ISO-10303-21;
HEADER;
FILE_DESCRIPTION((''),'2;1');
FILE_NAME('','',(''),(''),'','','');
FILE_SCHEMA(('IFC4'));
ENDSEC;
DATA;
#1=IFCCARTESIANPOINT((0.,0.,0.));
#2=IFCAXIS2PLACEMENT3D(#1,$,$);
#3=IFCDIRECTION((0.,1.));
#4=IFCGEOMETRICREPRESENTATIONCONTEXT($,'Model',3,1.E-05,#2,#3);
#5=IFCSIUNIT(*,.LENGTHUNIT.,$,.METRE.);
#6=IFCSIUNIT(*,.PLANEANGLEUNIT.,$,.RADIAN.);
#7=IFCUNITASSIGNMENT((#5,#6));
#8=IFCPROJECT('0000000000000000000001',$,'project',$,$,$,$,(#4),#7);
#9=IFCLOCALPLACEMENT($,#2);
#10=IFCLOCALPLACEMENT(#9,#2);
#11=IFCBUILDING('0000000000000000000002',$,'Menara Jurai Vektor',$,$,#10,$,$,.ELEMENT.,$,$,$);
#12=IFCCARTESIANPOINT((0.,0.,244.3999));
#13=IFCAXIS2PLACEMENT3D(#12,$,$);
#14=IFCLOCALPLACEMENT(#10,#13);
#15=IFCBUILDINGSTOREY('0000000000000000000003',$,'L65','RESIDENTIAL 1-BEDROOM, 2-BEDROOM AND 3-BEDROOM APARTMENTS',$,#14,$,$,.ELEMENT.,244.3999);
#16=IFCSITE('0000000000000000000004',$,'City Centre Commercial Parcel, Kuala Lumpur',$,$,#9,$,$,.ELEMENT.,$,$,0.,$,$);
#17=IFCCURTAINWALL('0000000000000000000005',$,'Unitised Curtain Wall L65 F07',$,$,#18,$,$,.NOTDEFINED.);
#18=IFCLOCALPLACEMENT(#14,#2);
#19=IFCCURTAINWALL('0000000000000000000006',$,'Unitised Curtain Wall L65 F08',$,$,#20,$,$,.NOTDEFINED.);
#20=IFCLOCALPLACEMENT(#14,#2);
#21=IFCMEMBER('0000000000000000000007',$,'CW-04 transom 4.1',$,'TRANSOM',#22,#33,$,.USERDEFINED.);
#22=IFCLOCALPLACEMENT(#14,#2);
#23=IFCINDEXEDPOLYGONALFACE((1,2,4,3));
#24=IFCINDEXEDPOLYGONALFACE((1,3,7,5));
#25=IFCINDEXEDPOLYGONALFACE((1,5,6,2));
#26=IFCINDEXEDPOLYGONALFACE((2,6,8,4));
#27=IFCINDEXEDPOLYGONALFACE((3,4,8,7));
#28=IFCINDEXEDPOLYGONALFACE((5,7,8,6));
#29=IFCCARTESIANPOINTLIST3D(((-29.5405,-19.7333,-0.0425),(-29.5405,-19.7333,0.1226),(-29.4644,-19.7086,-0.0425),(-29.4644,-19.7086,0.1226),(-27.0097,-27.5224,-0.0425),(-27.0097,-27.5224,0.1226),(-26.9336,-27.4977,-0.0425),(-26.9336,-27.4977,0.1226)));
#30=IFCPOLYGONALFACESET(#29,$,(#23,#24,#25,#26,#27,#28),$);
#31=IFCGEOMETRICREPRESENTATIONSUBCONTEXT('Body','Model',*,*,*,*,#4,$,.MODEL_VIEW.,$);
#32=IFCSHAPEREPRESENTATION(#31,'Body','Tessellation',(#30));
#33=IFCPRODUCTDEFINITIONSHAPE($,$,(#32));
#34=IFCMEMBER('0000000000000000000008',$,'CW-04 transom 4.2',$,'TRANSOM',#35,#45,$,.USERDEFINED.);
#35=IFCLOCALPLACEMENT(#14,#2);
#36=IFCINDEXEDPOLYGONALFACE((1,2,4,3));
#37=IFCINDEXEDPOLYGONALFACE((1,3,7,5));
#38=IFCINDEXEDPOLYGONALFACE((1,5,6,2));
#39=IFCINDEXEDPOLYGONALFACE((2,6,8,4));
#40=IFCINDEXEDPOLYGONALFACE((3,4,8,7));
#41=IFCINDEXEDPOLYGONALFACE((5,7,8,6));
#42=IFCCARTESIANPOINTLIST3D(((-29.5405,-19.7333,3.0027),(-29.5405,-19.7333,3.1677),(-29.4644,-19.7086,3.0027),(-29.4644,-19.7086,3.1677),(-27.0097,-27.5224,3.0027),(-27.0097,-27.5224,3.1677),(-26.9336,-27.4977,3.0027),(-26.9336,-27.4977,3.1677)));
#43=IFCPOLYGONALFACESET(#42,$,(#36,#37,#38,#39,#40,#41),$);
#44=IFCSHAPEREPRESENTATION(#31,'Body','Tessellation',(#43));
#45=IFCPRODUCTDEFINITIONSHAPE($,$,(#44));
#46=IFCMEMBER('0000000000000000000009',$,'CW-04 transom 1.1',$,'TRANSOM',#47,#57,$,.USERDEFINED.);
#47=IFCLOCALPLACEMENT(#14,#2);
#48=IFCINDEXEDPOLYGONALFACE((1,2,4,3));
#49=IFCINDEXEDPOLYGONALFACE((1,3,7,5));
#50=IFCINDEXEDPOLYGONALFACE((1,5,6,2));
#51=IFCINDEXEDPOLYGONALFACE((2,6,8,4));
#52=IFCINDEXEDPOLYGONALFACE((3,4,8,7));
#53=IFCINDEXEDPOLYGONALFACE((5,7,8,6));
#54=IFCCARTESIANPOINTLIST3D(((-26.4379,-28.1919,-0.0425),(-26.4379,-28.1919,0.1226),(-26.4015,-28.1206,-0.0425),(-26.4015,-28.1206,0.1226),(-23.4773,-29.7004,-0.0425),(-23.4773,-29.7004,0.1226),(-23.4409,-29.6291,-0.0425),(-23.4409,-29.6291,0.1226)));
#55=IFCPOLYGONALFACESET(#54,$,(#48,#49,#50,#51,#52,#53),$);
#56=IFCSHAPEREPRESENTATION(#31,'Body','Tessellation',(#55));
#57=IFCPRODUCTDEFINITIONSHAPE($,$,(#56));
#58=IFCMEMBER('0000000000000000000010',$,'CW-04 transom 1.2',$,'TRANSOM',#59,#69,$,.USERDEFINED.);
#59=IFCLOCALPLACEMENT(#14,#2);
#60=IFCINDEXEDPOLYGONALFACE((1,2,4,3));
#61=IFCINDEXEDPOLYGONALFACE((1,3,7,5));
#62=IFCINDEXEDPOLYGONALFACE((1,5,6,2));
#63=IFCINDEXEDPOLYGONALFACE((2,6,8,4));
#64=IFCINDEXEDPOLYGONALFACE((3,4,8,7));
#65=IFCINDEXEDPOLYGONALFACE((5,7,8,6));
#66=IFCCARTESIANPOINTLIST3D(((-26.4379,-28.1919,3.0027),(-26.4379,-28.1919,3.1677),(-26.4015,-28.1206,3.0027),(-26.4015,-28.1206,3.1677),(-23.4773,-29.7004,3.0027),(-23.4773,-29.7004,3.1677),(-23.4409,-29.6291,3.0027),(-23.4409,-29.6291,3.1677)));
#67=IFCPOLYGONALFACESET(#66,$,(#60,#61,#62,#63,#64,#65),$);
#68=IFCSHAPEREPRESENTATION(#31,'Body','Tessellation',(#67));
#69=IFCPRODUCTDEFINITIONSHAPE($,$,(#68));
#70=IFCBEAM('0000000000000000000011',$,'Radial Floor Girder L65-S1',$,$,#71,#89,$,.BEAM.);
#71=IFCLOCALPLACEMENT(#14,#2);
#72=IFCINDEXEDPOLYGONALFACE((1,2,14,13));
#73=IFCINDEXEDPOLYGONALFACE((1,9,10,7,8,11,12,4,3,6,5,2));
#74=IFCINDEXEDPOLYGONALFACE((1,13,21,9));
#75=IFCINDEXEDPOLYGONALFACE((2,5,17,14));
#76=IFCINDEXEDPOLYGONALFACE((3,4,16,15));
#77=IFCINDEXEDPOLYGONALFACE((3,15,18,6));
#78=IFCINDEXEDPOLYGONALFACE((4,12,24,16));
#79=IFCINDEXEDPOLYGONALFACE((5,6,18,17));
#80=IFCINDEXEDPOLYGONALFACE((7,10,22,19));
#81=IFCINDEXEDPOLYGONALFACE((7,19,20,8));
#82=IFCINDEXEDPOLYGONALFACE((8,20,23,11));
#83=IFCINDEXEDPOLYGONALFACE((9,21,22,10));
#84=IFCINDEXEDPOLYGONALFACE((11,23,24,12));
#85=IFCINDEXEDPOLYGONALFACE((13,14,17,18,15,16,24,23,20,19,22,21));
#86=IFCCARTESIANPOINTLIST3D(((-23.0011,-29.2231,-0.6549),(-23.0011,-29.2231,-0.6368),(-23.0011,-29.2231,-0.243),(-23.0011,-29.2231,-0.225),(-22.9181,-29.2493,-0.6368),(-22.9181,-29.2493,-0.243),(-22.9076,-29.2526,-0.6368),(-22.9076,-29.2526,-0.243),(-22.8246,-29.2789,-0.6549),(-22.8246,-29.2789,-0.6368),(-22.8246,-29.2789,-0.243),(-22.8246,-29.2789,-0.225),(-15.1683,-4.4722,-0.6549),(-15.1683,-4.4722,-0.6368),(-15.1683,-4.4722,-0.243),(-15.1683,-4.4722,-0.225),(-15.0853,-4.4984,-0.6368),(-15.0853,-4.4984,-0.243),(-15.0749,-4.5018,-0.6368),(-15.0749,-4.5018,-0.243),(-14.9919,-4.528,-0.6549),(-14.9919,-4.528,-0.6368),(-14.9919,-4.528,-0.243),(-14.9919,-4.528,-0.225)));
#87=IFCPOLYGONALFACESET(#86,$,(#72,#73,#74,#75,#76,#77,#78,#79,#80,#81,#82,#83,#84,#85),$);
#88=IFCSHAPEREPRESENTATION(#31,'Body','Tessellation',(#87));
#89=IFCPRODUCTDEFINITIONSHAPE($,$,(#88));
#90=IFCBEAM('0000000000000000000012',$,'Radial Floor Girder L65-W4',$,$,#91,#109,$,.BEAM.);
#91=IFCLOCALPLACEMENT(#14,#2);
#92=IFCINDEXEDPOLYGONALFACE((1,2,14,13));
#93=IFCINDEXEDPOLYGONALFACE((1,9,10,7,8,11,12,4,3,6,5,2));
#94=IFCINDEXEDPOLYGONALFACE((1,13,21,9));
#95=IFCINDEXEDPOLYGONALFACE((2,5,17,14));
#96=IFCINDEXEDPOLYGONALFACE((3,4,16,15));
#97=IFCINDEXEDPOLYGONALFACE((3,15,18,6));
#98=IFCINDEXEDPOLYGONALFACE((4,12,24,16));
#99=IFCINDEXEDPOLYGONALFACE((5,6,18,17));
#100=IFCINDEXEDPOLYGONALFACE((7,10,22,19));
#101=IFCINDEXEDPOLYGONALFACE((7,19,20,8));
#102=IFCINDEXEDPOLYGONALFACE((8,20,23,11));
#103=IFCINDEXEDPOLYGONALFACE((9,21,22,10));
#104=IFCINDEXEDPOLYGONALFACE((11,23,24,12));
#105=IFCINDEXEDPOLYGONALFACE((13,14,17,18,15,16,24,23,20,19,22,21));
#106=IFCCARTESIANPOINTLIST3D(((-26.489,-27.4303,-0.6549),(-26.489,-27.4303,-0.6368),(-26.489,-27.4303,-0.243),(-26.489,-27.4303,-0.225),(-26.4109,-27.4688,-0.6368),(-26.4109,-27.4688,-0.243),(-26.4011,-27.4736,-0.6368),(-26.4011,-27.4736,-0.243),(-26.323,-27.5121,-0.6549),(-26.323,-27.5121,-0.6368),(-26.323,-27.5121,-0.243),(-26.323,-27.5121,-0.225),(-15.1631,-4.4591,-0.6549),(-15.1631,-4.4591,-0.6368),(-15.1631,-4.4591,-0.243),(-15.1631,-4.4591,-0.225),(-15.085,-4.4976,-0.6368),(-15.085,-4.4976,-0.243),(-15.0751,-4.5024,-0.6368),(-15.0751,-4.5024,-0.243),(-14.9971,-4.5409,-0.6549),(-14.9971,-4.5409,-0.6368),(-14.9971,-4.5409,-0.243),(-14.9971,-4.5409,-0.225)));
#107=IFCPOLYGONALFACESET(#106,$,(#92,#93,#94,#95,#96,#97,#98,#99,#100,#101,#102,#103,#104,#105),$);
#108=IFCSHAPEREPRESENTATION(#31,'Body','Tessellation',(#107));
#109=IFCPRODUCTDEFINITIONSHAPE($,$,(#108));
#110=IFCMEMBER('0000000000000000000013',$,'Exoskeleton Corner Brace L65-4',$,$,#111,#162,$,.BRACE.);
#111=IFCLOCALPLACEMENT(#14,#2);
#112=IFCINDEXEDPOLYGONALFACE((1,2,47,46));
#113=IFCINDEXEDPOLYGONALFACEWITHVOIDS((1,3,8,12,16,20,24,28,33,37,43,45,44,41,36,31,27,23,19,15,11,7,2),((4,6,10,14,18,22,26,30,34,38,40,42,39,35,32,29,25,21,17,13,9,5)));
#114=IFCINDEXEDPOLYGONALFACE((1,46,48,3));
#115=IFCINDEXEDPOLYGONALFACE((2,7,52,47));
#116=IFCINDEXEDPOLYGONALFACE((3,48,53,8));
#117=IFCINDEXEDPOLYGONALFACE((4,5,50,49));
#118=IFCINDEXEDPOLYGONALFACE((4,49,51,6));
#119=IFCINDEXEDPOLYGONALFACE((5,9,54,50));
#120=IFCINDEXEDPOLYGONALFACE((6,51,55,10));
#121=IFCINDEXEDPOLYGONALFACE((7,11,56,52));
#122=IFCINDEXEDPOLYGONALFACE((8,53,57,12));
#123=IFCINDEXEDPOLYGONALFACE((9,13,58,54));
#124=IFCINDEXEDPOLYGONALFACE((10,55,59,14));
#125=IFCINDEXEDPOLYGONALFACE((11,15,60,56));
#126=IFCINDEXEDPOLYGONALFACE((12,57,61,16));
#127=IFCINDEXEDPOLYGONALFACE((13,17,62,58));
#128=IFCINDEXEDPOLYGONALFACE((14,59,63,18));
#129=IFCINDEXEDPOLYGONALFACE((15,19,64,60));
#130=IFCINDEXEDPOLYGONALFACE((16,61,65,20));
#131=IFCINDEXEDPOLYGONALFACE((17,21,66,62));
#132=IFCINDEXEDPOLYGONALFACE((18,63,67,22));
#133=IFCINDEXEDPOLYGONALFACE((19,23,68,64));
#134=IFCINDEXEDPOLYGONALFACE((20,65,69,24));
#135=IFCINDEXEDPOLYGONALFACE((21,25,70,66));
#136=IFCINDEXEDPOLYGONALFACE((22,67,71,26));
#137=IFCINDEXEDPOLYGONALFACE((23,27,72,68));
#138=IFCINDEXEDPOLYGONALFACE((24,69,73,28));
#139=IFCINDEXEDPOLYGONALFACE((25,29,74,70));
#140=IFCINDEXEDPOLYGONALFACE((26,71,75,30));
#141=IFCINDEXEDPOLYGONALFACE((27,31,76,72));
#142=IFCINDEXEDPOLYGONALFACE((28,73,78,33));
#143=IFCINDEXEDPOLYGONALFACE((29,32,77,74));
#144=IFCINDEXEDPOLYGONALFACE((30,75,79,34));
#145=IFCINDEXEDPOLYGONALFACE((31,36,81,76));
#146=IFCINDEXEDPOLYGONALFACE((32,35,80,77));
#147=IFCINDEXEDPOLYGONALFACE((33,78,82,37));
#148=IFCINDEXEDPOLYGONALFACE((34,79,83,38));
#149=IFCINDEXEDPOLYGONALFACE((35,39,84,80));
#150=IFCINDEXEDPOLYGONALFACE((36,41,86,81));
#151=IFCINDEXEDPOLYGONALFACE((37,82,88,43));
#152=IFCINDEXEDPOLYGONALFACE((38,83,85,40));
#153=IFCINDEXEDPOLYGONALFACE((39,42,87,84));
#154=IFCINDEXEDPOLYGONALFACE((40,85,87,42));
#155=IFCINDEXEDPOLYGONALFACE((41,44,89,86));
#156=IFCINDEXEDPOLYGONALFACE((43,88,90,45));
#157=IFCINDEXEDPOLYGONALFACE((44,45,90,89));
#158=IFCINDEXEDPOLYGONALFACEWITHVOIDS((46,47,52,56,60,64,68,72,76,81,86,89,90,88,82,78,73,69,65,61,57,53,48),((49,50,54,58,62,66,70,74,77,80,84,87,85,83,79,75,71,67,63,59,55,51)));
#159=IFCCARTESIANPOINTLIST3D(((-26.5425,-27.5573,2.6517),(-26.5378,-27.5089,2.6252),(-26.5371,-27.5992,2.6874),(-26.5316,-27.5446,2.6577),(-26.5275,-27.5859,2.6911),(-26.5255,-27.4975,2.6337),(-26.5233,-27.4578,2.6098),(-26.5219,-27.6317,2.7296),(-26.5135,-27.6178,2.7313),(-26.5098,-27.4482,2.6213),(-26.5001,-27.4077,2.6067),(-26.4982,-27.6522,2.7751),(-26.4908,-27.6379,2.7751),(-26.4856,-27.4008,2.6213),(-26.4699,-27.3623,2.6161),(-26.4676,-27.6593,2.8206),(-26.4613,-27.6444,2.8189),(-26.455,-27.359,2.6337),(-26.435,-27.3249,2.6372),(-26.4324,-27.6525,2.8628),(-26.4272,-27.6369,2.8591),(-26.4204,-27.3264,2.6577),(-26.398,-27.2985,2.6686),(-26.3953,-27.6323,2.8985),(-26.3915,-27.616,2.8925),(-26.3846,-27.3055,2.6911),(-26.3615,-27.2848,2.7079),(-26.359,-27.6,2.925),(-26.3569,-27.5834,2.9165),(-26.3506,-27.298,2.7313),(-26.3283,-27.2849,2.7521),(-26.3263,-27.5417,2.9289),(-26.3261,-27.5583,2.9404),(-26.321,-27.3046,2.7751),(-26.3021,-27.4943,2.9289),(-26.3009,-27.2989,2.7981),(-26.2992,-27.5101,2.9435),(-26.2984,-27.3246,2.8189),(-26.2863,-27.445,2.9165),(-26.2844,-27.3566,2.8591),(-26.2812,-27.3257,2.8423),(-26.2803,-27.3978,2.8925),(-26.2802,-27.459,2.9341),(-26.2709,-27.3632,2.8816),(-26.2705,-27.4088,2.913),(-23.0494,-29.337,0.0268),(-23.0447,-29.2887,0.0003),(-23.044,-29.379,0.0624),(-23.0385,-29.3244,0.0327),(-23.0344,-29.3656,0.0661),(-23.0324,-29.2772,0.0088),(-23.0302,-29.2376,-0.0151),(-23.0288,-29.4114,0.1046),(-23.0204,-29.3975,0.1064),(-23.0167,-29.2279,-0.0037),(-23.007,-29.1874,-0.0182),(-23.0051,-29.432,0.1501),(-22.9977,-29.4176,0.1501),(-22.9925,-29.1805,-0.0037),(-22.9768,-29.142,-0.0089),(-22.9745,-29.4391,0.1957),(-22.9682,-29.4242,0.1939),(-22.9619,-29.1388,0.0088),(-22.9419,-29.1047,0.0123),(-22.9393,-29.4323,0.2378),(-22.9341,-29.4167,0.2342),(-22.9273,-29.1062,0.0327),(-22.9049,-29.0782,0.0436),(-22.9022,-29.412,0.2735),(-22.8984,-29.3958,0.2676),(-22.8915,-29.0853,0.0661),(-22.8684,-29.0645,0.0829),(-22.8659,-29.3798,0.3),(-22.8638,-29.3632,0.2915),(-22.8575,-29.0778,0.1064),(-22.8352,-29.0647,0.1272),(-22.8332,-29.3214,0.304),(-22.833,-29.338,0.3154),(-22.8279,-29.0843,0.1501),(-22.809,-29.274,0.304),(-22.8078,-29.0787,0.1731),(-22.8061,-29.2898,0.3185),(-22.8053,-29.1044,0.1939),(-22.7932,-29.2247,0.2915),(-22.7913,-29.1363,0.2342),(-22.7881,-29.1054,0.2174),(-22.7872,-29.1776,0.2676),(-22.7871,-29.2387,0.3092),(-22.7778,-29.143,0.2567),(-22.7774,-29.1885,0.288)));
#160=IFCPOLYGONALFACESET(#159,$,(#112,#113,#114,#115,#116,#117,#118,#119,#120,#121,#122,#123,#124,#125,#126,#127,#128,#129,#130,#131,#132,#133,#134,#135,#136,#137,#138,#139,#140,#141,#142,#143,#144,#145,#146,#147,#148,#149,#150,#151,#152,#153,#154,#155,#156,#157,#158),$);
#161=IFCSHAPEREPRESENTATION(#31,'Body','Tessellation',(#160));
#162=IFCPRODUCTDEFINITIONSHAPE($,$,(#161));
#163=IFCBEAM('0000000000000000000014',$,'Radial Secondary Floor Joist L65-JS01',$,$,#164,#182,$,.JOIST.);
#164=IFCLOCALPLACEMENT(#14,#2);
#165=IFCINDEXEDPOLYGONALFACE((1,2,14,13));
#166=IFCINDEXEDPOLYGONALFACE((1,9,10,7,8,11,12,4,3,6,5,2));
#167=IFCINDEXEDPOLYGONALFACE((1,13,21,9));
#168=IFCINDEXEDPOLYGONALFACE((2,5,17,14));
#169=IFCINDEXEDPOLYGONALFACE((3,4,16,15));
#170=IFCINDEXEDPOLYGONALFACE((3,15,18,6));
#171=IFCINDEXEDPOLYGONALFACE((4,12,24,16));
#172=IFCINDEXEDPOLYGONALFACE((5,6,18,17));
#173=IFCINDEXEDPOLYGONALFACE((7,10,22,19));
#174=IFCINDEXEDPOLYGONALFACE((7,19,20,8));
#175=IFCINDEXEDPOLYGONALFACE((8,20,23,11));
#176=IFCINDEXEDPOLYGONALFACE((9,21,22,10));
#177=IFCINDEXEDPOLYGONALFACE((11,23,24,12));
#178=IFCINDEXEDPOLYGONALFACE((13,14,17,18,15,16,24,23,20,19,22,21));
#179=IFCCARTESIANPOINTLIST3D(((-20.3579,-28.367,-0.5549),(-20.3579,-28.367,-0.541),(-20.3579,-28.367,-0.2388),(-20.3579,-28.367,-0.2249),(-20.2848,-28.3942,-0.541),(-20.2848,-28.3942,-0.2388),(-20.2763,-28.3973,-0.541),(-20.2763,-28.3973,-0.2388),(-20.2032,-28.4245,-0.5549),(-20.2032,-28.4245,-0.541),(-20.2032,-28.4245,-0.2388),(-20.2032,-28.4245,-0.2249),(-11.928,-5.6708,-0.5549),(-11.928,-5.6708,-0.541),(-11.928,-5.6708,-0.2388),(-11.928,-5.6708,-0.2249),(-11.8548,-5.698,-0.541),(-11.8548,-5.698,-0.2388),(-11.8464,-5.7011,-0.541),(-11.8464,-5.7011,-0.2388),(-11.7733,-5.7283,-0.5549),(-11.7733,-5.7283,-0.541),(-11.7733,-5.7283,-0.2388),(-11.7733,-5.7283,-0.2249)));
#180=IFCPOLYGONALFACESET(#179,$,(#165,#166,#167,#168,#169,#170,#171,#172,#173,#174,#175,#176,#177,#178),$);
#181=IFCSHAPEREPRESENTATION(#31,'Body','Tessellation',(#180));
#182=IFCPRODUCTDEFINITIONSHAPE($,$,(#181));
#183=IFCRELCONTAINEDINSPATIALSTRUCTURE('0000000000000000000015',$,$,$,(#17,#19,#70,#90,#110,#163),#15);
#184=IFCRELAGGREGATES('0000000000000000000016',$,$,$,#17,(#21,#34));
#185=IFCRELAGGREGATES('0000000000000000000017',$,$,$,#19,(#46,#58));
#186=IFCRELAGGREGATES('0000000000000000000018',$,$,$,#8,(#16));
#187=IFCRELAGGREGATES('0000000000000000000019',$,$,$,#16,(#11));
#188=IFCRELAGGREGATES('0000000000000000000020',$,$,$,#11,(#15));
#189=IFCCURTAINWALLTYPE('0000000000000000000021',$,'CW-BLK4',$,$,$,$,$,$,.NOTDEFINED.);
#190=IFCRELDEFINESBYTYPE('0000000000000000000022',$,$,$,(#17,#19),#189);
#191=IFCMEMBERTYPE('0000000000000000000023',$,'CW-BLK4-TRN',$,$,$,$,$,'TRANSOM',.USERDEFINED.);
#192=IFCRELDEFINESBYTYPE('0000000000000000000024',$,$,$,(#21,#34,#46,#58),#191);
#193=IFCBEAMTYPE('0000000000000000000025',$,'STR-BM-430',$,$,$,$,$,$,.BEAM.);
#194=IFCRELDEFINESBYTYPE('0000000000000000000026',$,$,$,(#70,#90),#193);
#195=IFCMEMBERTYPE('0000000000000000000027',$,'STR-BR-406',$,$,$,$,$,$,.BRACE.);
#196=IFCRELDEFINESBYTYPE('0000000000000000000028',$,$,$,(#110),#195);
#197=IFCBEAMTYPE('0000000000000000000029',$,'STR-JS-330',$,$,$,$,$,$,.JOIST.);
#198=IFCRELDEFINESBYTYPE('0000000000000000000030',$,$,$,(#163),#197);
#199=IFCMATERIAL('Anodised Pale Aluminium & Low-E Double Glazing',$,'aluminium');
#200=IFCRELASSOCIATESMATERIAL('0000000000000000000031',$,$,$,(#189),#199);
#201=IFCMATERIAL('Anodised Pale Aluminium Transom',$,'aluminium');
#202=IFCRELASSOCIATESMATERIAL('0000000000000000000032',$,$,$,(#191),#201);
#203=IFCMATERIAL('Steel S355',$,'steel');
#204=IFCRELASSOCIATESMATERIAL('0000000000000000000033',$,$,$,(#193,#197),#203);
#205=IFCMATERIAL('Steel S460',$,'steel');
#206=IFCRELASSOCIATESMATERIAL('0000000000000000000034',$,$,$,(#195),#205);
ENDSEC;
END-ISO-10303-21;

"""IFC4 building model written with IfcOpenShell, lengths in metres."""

from ifc_helpers import new_model, si_unit, direction, frame, origin, origin_2d, place, context, subcontext, project, spatial, rectangle, hollow_circle, i_section, extrude, material, material_profile, profile_set, type_object, element, aggregate, save


model = new_model("IFC4")

# Units and contexts
model_context = context("Model", 3, precision=1e-05, world=origin(), true_north=direction((0.0, 1.0)))
body_context = subcontext(model_context, "Body", "Model", "MODEL_VIEW")
ifc_project = project(units=[si_unit("LENGTHUNIT", "METRE"), si_unit("PLANEANGLEUNIT", "RADIAN")], contexts=[model_context])

# Site, building, storey
site_placement = place(None, origin())
site = spatial("IfcSite", under=ifc_project, at=site_placement, Name="City Centre Commercial Parcel, Kuala Lumpur", CompositionType="ELEMENT", RefElevation=0.0)
building_placement = place(site_placement, origin())
building = spatial("IfcBuilding", under=site, at=building_placement, Name="Menara Jurai Vektor", CompositionType="ELEMENT")
storey_placement = place(building_placement, frame((0.0, 0.0, 244.3999)))
storey = spatial("IfcBuildingStorey", under=building, at=storey_placement, Name="L65", Description="RESIDENTIAL 1-BEDROOM, 2-BEDROOM AND 3-BEDROOM APARTMENTS", CompositionType="ELEMENT", Elevation=244.3999)

# Shared definitions
ifc_material_1 = material(Name="Steel S460", Category="steel")

# Shared definitions
ifc_material_2 = material(Name="Anodised Pale Aluminium & Low-E Double Glazing", Category="aluminium")
curtain_wall_type = type_object("IfcCurtainWallType", Name="CW-BLK4", PredefinedType="NOTDEFINED", material=ifc_material_2)

# Curtain walls
curtain_wall_1_placement = place(storey_placement, origin())
curtain_wall_1 = element("IfcCurtainWall", 1, at=curtain_wall_1_placement, inside=storey, type_object=curtain_wall_type, Name="Unitised Curtain Wall L65 F07", PredefinedType="NOTDEFINED")
curtain_wall_2_placement = place(storey_placement, origin())
curtain_wall_2 = element("IfcCurtainWall", 2, at=curtain_wall_2_placement, inside=storey, type_object=curtain_wall_type, Name="Unitised Curtain Wall L65 F08", PredefinedType="NOTDEFINED")

# Members
ifc_material_3 = material(Name="Anodised Pale Aluminium Transom", Category="aluminium")
ifc_material_profile_1 = material_profile(ifc_material_3, rectangle(XDim=0.0801, YDim=0.165, at=origin_2d()), Name="ALU TRN 80x165")
ifc_profile_set_1 = profile_set([ifc_material_profile_1], Name="Anodised Pale Aluminium Transom")
member_type_1 = type_object("IfcMemberType", Name="CW-BLK4-TRN", ElementType="TRANSOM", PredefinedType="USERDEFINED", material=ifc_profile_set_1)
member_1_placement = place(storey_placement, frame((-29.5024, -19.7209, 0.04), z_axis=(0.309011, -0.951059, 0.0), x_axis=(0.951059, 0.309011, 0.0)))
member_1 = element("IfcMember", 3, at=member_1_placement, type_object=member_type_1, Name="CW-04 transom 4.1", ObjectType="TRANSOM", PredefinedType="USERDEFINED", context=body_context, shape_type="SweptSolid", body=[
    extrude(rectangle(XDim=0.0801, YDim=0.165, at=origin_2d()), origin(), (0.0, 0.0, 1.0), 8.1899),
])
member_2_placement = place(storey_placement, frame((-29.5024, -19.7209, 3.0852), z_axis=(0.309011, -0.951059, 0.0), x_axis=(0.951059, 0.309011, 0.0)))
member_2 = element("IfcMember", 4, at=member_2_placement, type_object=member_type_1, Name="CW-04 transom 4.2", ObjectType="TRANSOM", PredefinedType="USERDEFINED", context=body_context, shape_type="SweptSolid", body=[
    extrude(rectangle(XDim=0.0801, YDim=0.165, at=origin_2d()), origin(), (0.0, 0.0, 1.0), 8.1899),
])
member_3_placement = place(storey_placement, frame((-26.4197, -28.1562, 0.04), z_axis=(0.891007, -0.45399, 0.0), x_axis=(0.45399, 0.891007, 0.0)))
member_3 = element("IfcMember", 5, at=member_3_placement, type_object=member_type_1, Name="CW-04 transom 1.1", ObjectType="TRANSOM", PredefinedType="USERDEFINED", context=body_context, shape_type="SweptSolid", body=[
    extrude(rectangle(XDim=0.0801, YDim=0.165, at=origin_2d()), origin(), (0.0, 0.0, 1.0), 3.3228),
])
member_4_placement = place(storey_placement, frame((-26.4197, -28.1562, 3.0852), z_axis=(0.891007, -0.45399, 0.0), x_axis=(0.45399, 0.891007, 0.0)))
member_4 = element("IfcMember", 6, at=member_4_placement, type_object=member_type_1, Name="CW-04 transom 1.2", ObjectType="TRANSOM", PredefinedType="USERDEFINED", context=body_context, shape_type="SweptSolid", body=[
    extrude(rectangle(XDim=0.0801, YDim=0.165, at=origin_2d()), origin(), (0.0, 0.0, 1.0), 3.3228),
])

# Beams
ifc_material_4 = material(Name="Steel S355", Category="steel")
ifc_material_profile_2 = material_profile(ifc_material_4, i_section(OverallWidth=0.1851, OverallDepth=0.4299, WebThickness=0.011, FlangeThickness=0.0181, at=origin_2d()), Name="PG 430x185x76")
ifc_profile_set_2 = profile_set([ifc_material_profile_2], Name="Steel S355")
beam_type_1 = type_object("IfcBeamType", Name="STR-BM-430", PredefinedType="BEAM", material=ifc_profile_set_2)
beam_1_placement = place(storey_placement, frame((-22.9128, -29.251, -0.4399), z_axis=(0.301715, 0.953398, 0.0), x_axis=(-0.953398, 0.301715, 0.0)))
element("IfcBeam", 7, at=beam_1_placement, inside=storey, type_object=beam_type_1, Name="Radial Floor Girder L65-S1", PredefinedType="BEAM", context=body_context, shape_type="SweptSolid", body=[
    extrude(i_section(OverallWidth=0.1851, OverallDepth=0.4299, WebThickness=0.011, FlangeThickness=0.0181, at=origin_2d()), origin(), (0.0, 0.0, 1.0), 25.9607),
])
beam_2_placement = place(storey_placement, frame((-26.406, -27.4712, -0.4399), z_axis=(0.442219, 0.896907, 0.0), x_axis=(-0.896907, 0.442219, 0.0)))
element("IfcBeam", 8, at=beam_2_placement, inside=storey, type_object=beam_type_1, Name="Radial Floor Girder L65-W4", PredefinedType="BEAM", context=body_context, shape_type="SweptSolid", body=[
    extrude(i_section(OverallWidth=0.1851, OverallDepth=0.4299, WebThickness=0.011, FlangeThickness=0.0181, at=origin_2d()), origin(), (0.0, 0.0, 1.0), 25.6116),
])

# Member
ifc_material_profile_3 = material_profile(ifc_material_1, hollow_circle(Radius=0.2031, WallThickness=0.0161, at=origin_2d()), Name="CHS 406.4x16")
ifc_profile_set_3 = profile_set([ifc_material_profile_3], Name="Steel S460")
member_type_2 = type_object("IfcMemberType", Name="STR-BR-406", PredefinedType="BRACE", material=ifc_profile_set_3)
member_5_placement = place(storey_placement, frame((-22.9128, -29.251, 0.1501), z_axis=(-0.740375, 0.377225, 0.556368), x_axis=(-0.453976, -0.891014, 0.0)))
element("IfcMember", 9, at=member_5_placement, inside=storey, type_object=member_type_2, Name="Exoskeleton Corner Brace L65-4", PredefinedType="BRACE", context=body_context, shape_type="SweptSolid", body=[
    extrude(hollow_circle(Radius=0.2031, WallThickness=0.0161, at=origin_2d()), origin(), (0.0, 0.0, 1.0), 4.718),
])

# Beam
ifc_material_profile_4 = material_profile(ifc_material_4, i_section(OverallWidth=0.165, OverallDepth=0.3301, WebThickness=0.009, FlangeThickness=0.0139, at=origin_2d()), Name="PG 330x165x46")
ifc_profile_set_4 = profile_set([ifc_material_profile_4], Name="Steel S355")
beam_type_2 = type_object("IfcBeamType", Name="STR-JS-330", PredefinedType="JOIST", material=ifc_profile_set_4)
beam_3_placement = place(storey_placement, frame((-20.2805, -28.3958, -0.3899), z_axis=(0.348182, 0.937427, 0.0), x_axis=(-0.937427, 0.348182, 0.0)))
element("IfcBeam", 10, at=beam_3_placement, inside=storey, type_object=beam_type_2, Name="Radial Secondary Floor Joist L65-JS01", PredefinedType="JOIST", context=body_context, shape_type="SweptSolid", body=[
    extrude(i_section(OverallWidth=0.165, OverallDepth=0.3301, WebThickness=0.009, FlangeThickness=0.0139, at=origin_2d()), origin(), (0.0, 0.0, 1.0), 24.2112),
])

aggregate(curtain_wall_1, [member_1, member_2])
aggregate(curtain_wall_2, [member_3, member_4])

save(model, "model.ifc")
